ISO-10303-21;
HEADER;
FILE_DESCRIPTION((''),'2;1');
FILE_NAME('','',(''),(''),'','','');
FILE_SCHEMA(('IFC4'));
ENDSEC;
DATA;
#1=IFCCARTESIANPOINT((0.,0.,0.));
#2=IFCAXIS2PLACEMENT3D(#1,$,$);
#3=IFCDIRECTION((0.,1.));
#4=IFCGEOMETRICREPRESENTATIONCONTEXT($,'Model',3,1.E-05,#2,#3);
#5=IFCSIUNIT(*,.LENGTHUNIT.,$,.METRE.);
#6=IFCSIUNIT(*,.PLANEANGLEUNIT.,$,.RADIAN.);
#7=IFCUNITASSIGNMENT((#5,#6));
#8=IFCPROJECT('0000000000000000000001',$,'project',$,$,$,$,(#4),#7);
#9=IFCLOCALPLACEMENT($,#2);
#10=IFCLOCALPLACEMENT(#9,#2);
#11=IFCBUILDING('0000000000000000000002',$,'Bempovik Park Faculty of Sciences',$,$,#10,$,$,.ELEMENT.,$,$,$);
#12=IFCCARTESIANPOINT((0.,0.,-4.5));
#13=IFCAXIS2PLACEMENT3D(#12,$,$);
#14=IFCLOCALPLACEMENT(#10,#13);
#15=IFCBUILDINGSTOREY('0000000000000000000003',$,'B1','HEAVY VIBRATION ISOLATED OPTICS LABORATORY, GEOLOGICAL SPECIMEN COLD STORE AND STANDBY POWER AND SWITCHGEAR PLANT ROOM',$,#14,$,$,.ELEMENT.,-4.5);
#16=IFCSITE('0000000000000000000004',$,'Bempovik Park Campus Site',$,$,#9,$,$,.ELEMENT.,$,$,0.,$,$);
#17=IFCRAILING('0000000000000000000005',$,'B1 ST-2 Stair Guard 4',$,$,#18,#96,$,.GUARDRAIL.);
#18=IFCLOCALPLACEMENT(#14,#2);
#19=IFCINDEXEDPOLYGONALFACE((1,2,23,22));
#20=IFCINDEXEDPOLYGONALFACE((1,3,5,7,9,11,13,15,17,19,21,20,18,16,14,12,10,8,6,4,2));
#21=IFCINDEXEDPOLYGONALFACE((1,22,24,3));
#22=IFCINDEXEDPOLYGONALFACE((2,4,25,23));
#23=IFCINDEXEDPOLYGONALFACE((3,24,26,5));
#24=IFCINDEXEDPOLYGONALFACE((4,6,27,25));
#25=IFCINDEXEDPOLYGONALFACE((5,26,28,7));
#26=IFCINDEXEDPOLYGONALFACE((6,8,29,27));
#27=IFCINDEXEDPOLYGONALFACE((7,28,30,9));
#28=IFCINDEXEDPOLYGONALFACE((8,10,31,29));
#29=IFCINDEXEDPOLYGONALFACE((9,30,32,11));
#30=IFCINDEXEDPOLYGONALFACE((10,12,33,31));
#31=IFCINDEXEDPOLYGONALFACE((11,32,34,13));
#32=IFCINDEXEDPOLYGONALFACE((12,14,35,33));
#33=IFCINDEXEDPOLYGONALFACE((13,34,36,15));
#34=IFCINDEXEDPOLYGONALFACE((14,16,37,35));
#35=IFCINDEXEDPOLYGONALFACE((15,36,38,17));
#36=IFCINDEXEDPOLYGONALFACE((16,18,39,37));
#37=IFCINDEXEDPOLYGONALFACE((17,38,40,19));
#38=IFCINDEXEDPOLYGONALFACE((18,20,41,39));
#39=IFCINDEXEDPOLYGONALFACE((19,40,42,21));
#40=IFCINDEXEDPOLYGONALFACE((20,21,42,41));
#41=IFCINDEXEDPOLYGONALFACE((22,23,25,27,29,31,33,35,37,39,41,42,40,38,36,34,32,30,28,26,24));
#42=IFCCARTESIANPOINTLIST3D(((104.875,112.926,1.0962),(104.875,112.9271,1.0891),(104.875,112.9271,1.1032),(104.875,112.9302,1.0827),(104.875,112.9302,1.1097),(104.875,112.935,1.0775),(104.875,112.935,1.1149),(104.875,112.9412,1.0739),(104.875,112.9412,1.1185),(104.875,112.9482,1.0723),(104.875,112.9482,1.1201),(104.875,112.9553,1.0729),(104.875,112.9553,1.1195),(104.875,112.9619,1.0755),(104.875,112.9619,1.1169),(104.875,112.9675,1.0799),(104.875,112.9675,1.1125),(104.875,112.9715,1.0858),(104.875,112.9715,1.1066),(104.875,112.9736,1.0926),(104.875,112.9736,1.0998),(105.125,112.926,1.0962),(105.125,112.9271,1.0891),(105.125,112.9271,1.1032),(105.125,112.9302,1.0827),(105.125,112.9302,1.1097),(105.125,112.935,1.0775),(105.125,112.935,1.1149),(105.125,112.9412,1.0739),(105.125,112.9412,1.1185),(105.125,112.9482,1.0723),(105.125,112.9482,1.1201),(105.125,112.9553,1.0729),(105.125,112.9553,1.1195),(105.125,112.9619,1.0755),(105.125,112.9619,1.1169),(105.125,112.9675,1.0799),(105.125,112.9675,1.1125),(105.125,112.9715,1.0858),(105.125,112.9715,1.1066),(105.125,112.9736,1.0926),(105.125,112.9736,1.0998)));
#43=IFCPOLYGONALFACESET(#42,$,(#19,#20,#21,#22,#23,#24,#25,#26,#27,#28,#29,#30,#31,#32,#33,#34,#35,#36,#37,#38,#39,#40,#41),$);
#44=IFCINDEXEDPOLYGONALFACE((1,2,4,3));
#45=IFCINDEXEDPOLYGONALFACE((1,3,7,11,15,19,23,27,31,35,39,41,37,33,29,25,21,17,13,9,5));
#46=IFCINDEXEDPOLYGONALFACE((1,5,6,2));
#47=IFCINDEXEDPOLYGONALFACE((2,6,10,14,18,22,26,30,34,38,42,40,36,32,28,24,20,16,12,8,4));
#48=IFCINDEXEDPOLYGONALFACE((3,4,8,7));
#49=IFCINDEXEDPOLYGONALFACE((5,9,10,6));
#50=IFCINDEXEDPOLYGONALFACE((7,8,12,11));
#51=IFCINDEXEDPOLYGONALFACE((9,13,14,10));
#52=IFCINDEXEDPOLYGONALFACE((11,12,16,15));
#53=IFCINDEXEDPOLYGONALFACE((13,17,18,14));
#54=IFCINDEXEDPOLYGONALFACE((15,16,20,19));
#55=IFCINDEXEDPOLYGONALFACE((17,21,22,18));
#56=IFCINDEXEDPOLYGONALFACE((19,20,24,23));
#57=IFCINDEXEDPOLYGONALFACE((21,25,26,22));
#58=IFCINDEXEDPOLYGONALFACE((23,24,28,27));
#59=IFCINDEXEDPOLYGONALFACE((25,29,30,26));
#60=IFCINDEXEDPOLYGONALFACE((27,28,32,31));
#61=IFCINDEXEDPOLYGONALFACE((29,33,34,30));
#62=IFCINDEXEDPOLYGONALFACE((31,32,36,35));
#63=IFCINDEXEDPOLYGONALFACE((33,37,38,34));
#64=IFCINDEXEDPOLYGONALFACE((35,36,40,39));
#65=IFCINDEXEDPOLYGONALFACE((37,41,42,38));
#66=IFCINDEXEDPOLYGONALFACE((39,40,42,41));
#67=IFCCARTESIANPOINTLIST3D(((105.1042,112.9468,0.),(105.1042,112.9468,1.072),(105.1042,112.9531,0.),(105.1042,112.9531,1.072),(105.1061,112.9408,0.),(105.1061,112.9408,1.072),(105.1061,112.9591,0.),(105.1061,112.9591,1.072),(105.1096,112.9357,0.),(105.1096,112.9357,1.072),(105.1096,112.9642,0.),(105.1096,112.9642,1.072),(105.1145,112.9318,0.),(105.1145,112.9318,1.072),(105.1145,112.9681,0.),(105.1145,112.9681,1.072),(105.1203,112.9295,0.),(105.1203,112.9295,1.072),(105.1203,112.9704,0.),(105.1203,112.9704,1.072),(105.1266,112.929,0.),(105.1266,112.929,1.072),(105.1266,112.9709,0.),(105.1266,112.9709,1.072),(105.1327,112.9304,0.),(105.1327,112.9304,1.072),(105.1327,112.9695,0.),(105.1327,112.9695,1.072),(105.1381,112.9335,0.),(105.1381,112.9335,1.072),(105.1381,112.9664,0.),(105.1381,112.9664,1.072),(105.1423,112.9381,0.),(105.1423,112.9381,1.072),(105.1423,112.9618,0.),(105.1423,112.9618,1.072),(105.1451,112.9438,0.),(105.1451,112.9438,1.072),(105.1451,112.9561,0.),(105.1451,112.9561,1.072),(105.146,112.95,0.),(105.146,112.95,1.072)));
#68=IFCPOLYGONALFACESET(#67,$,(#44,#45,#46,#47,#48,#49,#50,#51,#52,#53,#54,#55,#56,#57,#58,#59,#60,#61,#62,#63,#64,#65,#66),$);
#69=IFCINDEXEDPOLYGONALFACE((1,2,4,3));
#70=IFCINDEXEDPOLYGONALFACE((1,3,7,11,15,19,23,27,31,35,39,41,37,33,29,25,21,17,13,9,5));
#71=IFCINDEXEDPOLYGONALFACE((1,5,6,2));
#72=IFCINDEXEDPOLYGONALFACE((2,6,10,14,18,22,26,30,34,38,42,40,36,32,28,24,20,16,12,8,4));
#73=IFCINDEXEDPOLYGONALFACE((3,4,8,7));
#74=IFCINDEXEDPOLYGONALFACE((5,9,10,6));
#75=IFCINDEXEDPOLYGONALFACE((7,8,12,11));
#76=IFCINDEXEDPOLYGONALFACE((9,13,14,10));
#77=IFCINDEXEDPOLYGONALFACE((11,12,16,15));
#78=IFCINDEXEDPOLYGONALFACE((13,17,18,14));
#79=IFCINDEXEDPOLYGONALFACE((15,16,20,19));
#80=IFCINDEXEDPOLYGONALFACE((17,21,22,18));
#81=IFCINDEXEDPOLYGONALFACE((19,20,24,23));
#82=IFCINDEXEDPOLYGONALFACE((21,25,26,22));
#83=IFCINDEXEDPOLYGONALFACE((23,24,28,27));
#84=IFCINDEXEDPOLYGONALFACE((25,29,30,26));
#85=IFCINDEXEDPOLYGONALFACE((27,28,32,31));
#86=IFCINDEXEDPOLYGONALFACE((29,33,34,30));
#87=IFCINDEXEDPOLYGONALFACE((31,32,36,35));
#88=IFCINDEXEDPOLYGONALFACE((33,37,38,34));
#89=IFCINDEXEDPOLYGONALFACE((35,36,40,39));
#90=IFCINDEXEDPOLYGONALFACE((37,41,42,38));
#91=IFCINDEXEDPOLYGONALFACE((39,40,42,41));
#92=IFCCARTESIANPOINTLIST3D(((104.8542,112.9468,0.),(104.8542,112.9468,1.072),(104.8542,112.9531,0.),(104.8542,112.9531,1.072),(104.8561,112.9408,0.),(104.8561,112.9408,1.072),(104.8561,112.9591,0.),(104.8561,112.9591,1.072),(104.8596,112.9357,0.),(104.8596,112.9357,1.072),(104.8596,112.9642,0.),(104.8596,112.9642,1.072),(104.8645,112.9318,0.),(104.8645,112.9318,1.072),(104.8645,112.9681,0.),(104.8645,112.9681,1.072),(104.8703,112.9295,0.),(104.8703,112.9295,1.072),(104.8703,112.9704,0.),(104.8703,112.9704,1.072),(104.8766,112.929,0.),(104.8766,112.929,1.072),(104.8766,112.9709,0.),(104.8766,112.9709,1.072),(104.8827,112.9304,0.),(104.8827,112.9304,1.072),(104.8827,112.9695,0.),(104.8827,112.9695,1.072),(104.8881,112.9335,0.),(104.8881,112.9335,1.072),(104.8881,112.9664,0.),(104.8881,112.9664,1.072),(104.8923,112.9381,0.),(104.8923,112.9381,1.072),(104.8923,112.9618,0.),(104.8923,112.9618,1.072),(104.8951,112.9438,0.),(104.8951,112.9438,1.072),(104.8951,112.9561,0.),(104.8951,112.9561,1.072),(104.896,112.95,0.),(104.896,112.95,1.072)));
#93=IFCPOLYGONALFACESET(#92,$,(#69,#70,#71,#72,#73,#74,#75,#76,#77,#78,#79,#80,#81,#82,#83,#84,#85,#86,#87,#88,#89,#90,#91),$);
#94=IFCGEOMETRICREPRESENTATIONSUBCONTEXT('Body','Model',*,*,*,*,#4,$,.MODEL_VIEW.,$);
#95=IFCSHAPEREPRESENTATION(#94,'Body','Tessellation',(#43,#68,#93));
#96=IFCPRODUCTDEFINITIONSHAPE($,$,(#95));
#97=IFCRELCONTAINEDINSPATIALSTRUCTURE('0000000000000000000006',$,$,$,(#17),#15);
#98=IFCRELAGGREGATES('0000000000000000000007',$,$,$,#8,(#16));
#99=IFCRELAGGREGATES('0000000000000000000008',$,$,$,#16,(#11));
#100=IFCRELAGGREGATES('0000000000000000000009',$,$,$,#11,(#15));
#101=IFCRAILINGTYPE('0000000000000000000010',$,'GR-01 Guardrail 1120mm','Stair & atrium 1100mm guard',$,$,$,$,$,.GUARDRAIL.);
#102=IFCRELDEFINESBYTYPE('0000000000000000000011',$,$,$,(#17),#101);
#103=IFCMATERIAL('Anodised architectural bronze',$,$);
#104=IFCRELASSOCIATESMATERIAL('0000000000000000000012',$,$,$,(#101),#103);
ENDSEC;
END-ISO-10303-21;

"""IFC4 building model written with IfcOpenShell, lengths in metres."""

from ifc_helpers import new_model, si_unit, direction, frame, origin, origin_2d, place, context, subcontext, project, spatial, circle, extrude, material, type_object, element, save


model = new_model("IFC4")

# Units and contexts
model_context = context("Model", 3, precision=1e-05, world=origin(), true_north=direction((0.0, 1.0)))
body_context = subcontext(model_context, "Body", "Model", "MODEL_VIEW")
ifc_project = project(units=[si_unit("LENGTHUNIT", "METRE"), si_unit("PLANEANGLEUNIT", "RADIAN")], contexts=[model_context])

# Site, building, storey
site_placement = place(None, origin())
site = spatial("IfcSite", under=ifc_project, at=site_placement, Name="Bempovik Park Campus Site", CompositionType="ELEMENT", RefElevation=0.0)
building_placement = place(site_placement, origin())
building = spatial("IfcBuilding", under=site, at=building_placement, Name="Bempovik Park Faculty of Sciences", CompositionType="ELEMENT")
storey_placement = place(building_placement, frame((0.0, 0.0, -4.5)))
storey = spatial("IfcBuildingStorey", under=building, at=storey_placement, Name="B1", Description="HEAVY VIBRATION ISOLATED OPTICS LABORATORY, GEOLOGICAL SPECIMEN COLD STORE AND STANDBY POWER AND SWITCHGEAR PLANT ROOM", CompositionType="ELEMENT", Elevation=-4.5)

# Railing
ifc_material_1 = material(Name="Anodised architectural bronze")
railing_type = type_object("IfcRailingType", Name="GR-01 Guardrail 1120mm", Description="Stair & atrium 1100mm guard", PredefinedType="GUARDRAIL", material=ifc_material_1)
railing_placement = place(storey_placement, frame((105.125, 112.95, 0.0)))
element("IfcRailing", 1, at=railing_placement, inside=storey, type_object=railing_type, Name="B1 ST-2 Stair Guard 4", PredefinedType="GUARDRAIL", context=body_context, shape_type="SweptSolid", body=[
    extrude(circle(Radius=0.0239, at=origin_2d()), frame((0.0, 0.0, 1.0962), z_axis=(-1.0, 0.0, 0.0), x_axis=(0.0, -1.0, 0.0)), (0.0, 0.0, 1.0), 0.25),
    extrude(circle(Radius=0.021, at=origin_2d()), origin(), (0.0, 0.0, 1.0), 1.072),
    extrude(circle(Radius=0.021, at=origin_2d()), frame((-0.25, 0.0, 0.0)), (0.0, 0.0, 1.0), 1.072),
])

save(model, "model.ifc")
